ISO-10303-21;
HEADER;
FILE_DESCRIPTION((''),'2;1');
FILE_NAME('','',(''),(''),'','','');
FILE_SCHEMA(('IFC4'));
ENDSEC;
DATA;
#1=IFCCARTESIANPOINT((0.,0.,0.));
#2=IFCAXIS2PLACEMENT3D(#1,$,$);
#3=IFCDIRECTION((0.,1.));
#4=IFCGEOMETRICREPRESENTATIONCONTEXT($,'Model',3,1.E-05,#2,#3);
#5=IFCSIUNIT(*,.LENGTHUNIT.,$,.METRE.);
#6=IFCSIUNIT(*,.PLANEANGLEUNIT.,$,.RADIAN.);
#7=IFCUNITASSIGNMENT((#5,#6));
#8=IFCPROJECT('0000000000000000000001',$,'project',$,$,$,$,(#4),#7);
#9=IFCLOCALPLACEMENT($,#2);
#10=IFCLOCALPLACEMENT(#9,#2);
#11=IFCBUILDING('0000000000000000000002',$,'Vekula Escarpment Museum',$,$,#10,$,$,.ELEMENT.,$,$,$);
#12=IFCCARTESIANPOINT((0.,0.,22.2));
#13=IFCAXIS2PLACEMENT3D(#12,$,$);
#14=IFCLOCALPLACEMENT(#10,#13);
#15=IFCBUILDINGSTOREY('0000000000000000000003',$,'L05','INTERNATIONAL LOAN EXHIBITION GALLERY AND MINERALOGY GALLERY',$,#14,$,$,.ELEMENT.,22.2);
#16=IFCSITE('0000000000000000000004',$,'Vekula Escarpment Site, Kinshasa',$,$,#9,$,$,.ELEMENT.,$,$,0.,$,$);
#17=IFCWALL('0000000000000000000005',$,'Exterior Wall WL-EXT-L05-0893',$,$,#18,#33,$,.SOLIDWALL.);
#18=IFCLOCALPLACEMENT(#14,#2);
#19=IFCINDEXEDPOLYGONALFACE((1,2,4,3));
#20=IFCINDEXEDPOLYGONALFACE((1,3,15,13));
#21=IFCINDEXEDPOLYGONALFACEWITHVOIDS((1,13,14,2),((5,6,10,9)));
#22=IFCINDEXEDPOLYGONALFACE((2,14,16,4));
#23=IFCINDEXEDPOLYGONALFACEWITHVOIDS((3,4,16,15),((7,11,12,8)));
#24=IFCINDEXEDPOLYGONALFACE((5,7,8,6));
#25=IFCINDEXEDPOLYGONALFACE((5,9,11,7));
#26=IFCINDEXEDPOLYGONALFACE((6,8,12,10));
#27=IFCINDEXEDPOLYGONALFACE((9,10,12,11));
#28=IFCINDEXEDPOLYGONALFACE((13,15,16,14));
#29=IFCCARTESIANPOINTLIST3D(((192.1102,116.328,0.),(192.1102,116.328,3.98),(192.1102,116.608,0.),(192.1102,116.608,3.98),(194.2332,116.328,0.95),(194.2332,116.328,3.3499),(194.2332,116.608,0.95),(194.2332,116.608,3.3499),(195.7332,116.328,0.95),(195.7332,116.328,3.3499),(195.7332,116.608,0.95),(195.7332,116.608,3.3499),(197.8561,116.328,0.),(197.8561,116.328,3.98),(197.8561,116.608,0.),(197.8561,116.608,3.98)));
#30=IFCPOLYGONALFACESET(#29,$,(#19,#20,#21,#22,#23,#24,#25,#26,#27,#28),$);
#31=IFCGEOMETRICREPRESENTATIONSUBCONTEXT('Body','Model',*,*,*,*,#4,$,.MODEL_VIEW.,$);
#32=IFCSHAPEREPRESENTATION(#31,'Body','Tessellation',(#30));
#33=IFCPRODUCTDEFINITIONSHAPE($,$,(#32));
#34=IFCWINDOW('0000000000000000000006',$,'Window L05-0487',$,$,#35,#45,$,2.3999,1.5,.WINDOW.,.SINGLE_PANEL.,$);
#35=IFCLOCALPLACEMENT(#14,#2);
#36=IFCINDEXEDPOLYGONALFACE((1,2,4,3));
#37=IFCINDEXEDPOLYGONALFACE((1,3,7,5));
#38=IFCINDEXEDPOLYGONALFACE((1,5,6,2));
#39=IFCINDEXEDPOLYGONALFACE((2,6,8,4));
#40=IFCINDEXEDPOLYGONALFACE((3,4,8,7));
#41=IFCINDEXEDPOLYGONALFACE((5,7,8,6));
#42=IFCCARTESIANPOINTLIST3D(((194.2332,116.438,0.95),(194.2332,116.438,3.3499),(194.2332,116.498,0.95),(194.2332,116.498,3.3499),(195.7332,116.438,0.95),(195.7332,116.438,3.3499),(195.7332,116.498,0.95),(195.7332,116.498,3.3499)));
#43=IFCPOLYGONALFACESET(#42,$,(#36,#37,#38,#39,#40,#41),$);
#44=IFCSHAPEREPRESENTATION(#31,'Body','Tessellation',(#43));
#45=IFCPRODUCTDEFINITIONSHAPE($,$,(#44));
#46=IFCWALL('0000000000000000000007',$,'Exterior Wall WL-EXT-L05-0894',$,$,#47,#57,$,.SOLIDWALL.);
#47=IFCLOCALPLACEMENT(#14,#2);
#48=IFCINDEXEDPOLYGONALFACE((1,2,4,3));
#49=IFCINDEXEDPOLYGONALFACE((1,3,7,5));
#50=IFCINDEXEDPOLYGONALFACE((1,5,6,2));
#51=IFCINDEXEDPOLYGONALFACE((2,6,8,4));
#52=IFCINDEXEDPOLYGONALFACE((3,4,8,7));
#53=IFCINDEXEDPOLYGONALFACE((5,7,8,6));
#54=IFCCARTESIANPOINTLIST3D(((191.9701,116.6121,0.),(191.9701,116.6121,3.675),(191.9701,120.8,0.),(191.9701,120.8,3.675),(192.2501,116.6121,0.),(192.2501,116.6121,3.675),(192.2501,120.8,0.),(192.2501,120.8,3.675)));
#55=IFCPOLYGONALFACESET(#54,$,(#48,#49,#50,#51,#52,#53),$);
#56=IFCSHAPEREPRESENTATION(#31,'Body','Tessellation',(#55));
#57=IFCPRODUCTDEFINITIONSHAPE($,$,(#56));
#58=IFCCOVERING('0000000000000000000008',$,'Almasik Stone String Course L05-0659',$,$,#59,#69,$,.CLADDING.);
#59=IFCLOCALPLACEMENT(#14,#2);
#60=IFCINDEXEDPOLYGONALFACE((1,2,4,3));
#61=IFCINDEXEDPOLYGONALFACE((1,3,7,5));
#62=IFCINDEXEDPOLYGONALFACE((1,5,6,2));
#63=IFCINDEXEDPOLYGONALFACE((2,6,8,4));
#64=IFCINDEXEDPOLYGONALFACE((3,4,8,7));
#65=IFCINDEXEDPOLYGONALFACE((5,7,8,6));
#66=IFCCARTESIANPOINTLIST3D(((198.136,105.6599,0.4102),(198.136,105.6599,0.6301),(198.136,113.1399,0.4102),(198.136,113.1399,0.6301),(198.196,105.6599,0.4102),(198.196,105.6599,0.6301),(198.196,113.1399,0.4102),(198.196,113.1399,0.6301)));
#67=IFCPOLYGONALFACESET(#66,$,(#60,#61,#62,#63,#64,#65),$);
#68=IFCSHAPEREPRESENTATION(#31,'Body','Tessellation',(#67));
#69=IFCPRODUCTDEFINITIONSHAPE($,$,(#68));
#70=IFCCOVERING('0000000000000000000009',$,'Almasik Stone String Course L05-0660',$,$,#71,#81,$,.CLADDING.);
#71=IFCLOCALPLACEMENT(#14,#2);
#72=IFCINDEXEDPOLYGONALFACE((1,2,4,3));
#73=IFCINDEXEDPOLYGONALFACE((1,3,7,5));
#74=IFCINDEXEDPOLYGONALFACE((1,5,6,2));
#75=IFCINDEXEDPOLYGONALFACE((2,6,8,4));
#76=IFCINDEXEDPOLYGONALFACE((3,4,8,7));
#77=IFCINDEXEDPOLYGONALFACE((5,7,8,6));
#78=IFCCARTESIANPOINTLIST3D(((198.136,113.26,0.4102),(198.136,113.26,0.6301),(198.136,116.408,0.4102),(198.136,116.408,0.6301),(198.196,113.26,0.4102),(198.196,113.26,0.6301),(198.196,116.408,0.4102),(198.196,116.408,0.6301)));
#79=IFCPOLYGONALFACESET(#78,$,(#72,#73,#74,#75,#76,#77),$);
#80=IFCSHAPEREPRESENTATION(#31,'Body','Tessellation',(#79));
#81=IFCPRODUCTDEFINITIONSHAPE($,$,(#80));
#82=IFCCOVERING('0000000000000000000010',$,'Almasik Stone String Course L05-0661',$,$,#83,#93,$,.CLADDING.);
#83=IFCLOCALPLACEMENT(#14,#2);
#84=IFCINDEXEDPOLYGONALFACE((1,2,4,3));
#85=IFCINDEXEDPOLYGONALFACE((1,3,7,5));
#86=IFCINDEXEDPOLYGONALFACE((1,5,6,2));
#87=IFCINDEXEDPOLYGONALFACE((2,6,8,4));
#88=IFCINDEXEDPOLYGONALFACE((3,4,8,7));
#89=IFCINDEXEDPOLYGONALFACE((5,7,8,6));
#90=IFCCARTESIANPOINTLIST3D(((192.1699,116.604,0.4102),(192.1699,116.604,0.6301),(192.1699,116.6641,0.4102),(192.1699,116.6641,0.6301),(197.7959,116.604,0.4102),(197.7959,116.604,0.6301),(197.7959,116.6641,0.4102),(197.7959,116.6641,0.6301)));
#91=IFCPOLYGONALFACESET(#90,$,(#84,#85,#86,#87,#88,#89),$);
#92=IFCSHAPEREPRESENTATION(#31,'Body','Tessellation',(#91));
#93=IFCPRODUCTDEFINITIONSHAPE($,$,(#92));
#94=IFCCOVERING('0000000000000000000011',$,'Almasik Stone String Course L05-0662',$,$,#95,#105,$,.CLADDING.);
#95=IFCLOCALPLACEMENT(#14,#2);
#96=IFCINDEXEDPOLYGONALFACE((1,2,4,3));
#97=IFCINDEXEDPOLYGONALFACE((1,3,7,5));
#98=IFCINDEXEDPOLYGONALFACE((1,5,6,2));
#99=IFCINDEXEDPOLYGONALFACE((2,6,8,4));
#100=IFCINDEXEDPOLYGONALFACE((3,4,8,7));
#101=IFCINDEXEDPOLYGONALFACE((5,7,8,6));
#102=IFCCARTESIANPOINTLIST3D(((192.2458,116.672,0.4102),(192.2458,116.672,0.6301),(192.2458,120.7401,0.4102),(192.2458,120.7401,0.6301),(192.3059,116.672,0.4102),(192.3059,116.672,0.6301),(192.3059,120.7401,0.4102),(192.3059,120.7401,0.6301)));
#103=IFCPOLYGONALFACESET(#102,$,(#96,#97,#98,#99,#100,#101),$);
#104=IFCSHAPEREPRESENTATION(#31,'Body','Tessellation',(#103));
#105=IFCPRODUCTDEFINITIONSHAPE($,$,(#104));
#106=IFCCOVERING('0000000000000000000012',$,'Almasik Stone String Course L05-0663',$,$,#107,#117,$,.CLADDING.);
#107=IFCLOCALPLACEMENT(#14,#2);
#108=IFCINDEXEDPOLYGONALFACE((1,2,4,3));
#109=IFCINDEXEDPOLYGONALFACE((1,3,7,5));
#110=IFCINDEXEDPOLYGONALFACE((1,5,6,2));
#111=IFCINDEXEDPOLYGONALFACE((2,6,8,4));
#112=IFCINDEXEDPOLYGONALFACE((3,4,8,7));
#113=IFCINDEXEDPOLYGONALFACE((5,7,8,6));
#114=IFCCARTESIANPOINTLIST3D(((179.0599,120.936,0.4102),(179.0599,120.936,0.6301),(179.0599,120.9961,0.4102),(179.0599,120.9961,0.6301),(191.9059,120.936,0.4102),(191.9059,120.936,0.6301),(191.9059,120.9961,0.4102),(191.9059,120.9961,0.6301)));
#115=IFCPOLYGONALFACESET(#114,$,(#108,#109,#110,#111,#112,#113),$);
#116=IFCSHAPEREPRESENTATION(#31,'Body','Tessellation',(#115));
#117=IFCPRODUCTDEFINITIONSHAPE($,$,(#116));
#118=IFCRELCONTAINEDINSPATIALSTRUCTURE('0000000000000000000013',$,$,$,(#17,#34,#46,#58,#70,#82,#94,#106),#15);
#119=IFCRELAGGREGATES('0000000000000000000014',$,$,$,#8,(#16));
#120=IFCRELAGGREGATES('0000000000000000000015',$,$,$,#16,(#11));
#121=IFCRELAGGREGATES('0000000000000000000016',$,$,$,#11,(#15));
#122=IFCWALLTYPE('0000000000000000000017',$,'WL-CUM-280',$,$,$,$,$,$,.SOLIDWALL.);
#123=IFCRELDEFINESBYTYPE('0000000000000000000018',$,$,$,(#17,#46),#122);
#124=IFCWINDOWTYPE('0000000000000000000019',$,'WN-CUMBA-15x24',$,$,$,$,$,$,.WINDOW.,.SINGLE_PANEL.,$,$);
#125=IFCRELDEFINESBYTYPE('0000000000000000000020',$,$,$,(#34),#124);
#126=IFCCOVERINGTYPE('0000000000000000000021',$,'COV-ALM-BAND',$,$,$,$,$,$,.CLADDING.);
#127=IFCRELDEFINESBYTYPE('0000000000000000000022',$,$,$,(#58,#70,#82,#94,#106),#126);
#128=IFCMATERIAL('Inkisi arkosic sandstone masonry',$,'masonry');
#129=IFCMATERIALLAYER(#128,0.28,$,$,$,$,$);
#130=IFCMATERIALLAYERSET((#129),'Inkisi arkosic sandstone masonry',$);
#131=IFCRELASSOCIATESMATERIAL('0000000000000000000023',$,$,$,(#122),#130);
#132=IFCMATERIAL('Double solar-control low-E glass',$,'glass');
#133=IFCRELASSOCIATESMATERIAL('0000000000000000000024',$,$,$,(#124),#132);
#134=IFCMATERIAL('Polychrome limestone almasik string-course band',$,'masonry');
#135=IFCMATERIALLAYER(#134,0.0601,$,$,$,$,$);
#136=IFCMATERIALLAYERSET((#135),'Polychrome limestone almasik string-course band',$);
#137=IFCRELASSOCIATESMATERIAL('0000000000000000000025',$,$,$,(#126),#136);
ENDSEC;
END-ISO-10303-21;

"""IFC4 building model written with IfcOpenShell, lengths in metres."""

from ifc_helpers import new_model, si_unit, direction, frame, frame_2d, origin, origin_2d, place, context, subcontext, project, spatial, rectangle, extrude, material, layer, layer_set, type_object, element, fill, save


model = new_model("IFC4")

# Units and contexts
model_context = context("Model", 3, precision=1e-05, world=origin(), true_north=direction((0.0, 1.0)))
body_context = subcontext(model_context, "Body", "Model", "MODEL_VIEW")
ifc_project = project(units=[si_unit("LENGTHUNIT", "METRE"), si_unit("PLANEANGLEUNIT", "RADIAN")], contexts=[model_context])

# Site, building, storey
site_placement = place(None, origin())
site = spatial("IfcSite", under=ifc_project, at=site_placement, Name="Vekula Escarpment Site, Kinshasa", CompositionType="ELEMENT", RefElevation=0.0)
building_placement = place(site_placement, origin())
building = spatial("IfcBuilding", under=site, at=building_placement, Name="Vekula Escarpment Museum", CompositionType="ELEMENT")
storey_placement = place(building_placement, frame((0.0, 0.0, 22.2)))
storey = spatial("IfcBuildingStorey", under=building, at=storey_placement, Name="L05", Description="INTERNATIONAL LOAN EXHIBITION GALLERY AND MINERALOGY GALLERY", CompositionType="ELEMENT", Elevation=22.2)

# Shared definitions
ifc_material_1 = material(Name="Inkisi arkosic sandstone masonry", Category="masonry")
ifc_layer_1 = layer(ifc_material_1, 0.28)
ifc_layer_set_1 = layer_set([ifc_layer_1], Name="Inkisi arkosic sandstone masonry")
wall_type = type_object("IfcWallType", Name="WL-CUM-280", PredefinedType="SOLIDWALL", material=ifc_layer_set_1)

# Wall, opening, window
wall_1_placement = place(storey_placement, frame((192.1101, 116.468, 0.0), z_axis=(0.0, 0.0, 1.0), x_axis=(1.0, 0.0, 0.0)))
wall_1 = element("IfcWall", 1, at=wall_1_placement, inside=storey, type_object=wall_type, Name="Exterior Wall WL-EXT-L05-0893", PredefinedType="SOLIDWALL", context=body_context, shape_type="SweptSolid", body=[
    extrude(rectangle(XDim=5.7458, YDim=0.28, at=frame_2d((2.873, 0.0))), origin(), (0.0, 0.0, 1.0), 3.98),
])
opening_1_placement = place(wall_1_placement, frame((2.123, 0.0, 0.95)))
opening_1 = element("IfcOpeningElement", 2, at=opening_1_placement, cuts=wall_1, PredefinedType="OPENING", context=body_context, shape_type="SweptSolid", body=[
    extrude(rectangle(XDim=1.5, YDim=2.3999, at=frame_2d((0.75, 1.2))), frame((0.0, 0.1499, 0.0), z_axis=(0.0, -1.0, 0.0), x_axis=(1.0, 0.0, 0.0)), (0.0, 0.0, 1.0), 0.3),
])
ifc_material_2 = material(Name="Double solar-control low-E glass", Category="glass")
window_type_1 = type_object("IfcWindowType", Name="WN-CUMBA-15x24", PartitioningType="SINGLE_PANEL", PredefinedType="WINDOW", material=ifc_material_2)
window_1_placement = place(opening_1_placement, origin())
window_1 = element("IfcWindow", 3, at=window_1_placement, inside=storey, type_object=window_type_1, Name="Window L05-0487", OverallHeight=2.3999, OverallWidth=1.5, PartitioningType="SINGLE_PANEL", PredefinedType="WINDOW", context=body_context, shape_type="SweptSolid", body=[
    extrude(rectangle(XDim=1.5, YDim=2.3999, at=frame_2d((0.75, 1.2))), frame((0.0, 0.03, 0.0), z_axis=(0.0, -1.0, 0.0), x_axis=(1.0, 0.0, 0.0)), (0.0, 0.0, 1.0), 0.0601),
])
fill(opening_1, window_1)

# Wall
wall_2_placement = place(storey_placement, frame((192.1101, 120.8, 0.0), z_axis=(0.0, 0.0, 1.0), x_axis=(0.0, -1.0, 0.0)))
element("IfcWall", 4, at=wall_2_placement, inside=storey, type_object=wall_type, Name="Exterior Wall WL-EXT-L05-0894", PredefinedType="SOLIDWALL", context=body_context, shape_type="SweptSolid", body=[
    extrude(rectangle(XDim=4.188, YDim=0.28, at=frame_2d((2.094, 0.0))), origin(), (0.0, 0.0, 1.0), 3.675),
])

# Coverings
ifc_material_3 = material(Name="Polychrome limestone almasik string-course band", Category="masonry")
ifc_layer_2 = layer(ifc_material_3, 0.0601)
ifc_layer_set_2 = layer_set([ifc_layer_2], Name="Polychrome limestone almasik string-course band")
covering_type = type_object("IfcCoveringType", Name="COV-ALM-BAND", PredefinedType="CLADDING", material=ifc_layer_set_2)
covering_1_placement = place(storey_placement, frame((198.166, 109.3999, 0.4102), z_axis=(0.0, 0.0, 1.0), x_axis=(0.0, 1.0, 0.0)))
element("IfcCovering", 5, at=covering_1_placement, inside=storey, type_object=covering_type, Name="Almasik Stone String Course L05-0659", PredefinedType="CLADDING", context=body_context, shape_type="SweptSolid", body=[
    extrude(rectangle(XDim=7.48, YDim=0.0601, at=origin_2d()), origin(), (0.0, 0.0, 1.0), 0.22),
])
covering_2_placement = place(storey_placement, frame((198.166, 114.834, 0.4102), z_axis=(0.0, 0.0, 1.0), x_axis=(0.0, 1.0, 0.0)))
element("IfcCovering", 6, at=covering_2_placement, inside=storey, type_object=covering_type, Name="Almasik Stone String Course L05-0660", PredefinedType="CLADDING", context=body_context, shape_type="SweptSolid", body=[
    extrude(rectangle(XDim=3.1479, YDim=0.0601, at=origin_2d()), origin(), (0.0, 0.0, 1.0), 0.22),
])
covering_3_placement = place(storey_placement, frame((194.9829, 116.634, 0.4102), z_axis=(0.0, 0.0, 1.0), x_axis=(1.0, 0.0, 0.0)))
element("IfcCovering", 7, at=covering_3_placement, inside=storey, type_object=covering_type, Name="Almasik Stone String Course L05-0661", PredefinedType="CLADDING", context=body_context, shape_type="SweptSolid", body=[
    extrude(rectangle(XDim=5.626, YDim=0.0601, at=origin_2d()), origin(), (0.0, 0.0, 1.0), 0.22),
])
covering_4_placement = place(storey_placement, frame((192.2759, 118.7061, 0.4102), z_axis=(0.0, 0.0, 1.0), x_axis=(0.0, 1.0, 0.0)))
element("IfcCovering", 8, at=covering_4_placement, inside=storey, type_object=covering_type, Name="Almasik Stone String Course L05-0662", PredefinedType="CLADDING", context=body_context, shape_type="SweptSolid", body=[
    extrude(rectangle(XDim=4.0681, YDim=0.0601, at=origin_2d()), origin(), (0.0, 0.0, 1.0), 0.22),
])
covering_5_placement = place(storey_placement, frame((185.4829, 120.9661, 0.4102), z_axis=(0.0, 0.0, 1.0), x_axis=(1.0, 0.0, 0.0)))
element("IfcCovering", 9, at=covering_5_placement, inside=storey, type_object=covering_type, Name="Almasik Stone String Course L05-0663", PredefinedType="CLADDING", context=body_context, shape_type="SweptSolid", body=[
    extrude(rectangle(XDim=12.8459, YDim=0.0601, at=origin_2d()), origin(), (0.0, 0.0, 1.0), 0.22),
])

save(model, "model.ifc")
